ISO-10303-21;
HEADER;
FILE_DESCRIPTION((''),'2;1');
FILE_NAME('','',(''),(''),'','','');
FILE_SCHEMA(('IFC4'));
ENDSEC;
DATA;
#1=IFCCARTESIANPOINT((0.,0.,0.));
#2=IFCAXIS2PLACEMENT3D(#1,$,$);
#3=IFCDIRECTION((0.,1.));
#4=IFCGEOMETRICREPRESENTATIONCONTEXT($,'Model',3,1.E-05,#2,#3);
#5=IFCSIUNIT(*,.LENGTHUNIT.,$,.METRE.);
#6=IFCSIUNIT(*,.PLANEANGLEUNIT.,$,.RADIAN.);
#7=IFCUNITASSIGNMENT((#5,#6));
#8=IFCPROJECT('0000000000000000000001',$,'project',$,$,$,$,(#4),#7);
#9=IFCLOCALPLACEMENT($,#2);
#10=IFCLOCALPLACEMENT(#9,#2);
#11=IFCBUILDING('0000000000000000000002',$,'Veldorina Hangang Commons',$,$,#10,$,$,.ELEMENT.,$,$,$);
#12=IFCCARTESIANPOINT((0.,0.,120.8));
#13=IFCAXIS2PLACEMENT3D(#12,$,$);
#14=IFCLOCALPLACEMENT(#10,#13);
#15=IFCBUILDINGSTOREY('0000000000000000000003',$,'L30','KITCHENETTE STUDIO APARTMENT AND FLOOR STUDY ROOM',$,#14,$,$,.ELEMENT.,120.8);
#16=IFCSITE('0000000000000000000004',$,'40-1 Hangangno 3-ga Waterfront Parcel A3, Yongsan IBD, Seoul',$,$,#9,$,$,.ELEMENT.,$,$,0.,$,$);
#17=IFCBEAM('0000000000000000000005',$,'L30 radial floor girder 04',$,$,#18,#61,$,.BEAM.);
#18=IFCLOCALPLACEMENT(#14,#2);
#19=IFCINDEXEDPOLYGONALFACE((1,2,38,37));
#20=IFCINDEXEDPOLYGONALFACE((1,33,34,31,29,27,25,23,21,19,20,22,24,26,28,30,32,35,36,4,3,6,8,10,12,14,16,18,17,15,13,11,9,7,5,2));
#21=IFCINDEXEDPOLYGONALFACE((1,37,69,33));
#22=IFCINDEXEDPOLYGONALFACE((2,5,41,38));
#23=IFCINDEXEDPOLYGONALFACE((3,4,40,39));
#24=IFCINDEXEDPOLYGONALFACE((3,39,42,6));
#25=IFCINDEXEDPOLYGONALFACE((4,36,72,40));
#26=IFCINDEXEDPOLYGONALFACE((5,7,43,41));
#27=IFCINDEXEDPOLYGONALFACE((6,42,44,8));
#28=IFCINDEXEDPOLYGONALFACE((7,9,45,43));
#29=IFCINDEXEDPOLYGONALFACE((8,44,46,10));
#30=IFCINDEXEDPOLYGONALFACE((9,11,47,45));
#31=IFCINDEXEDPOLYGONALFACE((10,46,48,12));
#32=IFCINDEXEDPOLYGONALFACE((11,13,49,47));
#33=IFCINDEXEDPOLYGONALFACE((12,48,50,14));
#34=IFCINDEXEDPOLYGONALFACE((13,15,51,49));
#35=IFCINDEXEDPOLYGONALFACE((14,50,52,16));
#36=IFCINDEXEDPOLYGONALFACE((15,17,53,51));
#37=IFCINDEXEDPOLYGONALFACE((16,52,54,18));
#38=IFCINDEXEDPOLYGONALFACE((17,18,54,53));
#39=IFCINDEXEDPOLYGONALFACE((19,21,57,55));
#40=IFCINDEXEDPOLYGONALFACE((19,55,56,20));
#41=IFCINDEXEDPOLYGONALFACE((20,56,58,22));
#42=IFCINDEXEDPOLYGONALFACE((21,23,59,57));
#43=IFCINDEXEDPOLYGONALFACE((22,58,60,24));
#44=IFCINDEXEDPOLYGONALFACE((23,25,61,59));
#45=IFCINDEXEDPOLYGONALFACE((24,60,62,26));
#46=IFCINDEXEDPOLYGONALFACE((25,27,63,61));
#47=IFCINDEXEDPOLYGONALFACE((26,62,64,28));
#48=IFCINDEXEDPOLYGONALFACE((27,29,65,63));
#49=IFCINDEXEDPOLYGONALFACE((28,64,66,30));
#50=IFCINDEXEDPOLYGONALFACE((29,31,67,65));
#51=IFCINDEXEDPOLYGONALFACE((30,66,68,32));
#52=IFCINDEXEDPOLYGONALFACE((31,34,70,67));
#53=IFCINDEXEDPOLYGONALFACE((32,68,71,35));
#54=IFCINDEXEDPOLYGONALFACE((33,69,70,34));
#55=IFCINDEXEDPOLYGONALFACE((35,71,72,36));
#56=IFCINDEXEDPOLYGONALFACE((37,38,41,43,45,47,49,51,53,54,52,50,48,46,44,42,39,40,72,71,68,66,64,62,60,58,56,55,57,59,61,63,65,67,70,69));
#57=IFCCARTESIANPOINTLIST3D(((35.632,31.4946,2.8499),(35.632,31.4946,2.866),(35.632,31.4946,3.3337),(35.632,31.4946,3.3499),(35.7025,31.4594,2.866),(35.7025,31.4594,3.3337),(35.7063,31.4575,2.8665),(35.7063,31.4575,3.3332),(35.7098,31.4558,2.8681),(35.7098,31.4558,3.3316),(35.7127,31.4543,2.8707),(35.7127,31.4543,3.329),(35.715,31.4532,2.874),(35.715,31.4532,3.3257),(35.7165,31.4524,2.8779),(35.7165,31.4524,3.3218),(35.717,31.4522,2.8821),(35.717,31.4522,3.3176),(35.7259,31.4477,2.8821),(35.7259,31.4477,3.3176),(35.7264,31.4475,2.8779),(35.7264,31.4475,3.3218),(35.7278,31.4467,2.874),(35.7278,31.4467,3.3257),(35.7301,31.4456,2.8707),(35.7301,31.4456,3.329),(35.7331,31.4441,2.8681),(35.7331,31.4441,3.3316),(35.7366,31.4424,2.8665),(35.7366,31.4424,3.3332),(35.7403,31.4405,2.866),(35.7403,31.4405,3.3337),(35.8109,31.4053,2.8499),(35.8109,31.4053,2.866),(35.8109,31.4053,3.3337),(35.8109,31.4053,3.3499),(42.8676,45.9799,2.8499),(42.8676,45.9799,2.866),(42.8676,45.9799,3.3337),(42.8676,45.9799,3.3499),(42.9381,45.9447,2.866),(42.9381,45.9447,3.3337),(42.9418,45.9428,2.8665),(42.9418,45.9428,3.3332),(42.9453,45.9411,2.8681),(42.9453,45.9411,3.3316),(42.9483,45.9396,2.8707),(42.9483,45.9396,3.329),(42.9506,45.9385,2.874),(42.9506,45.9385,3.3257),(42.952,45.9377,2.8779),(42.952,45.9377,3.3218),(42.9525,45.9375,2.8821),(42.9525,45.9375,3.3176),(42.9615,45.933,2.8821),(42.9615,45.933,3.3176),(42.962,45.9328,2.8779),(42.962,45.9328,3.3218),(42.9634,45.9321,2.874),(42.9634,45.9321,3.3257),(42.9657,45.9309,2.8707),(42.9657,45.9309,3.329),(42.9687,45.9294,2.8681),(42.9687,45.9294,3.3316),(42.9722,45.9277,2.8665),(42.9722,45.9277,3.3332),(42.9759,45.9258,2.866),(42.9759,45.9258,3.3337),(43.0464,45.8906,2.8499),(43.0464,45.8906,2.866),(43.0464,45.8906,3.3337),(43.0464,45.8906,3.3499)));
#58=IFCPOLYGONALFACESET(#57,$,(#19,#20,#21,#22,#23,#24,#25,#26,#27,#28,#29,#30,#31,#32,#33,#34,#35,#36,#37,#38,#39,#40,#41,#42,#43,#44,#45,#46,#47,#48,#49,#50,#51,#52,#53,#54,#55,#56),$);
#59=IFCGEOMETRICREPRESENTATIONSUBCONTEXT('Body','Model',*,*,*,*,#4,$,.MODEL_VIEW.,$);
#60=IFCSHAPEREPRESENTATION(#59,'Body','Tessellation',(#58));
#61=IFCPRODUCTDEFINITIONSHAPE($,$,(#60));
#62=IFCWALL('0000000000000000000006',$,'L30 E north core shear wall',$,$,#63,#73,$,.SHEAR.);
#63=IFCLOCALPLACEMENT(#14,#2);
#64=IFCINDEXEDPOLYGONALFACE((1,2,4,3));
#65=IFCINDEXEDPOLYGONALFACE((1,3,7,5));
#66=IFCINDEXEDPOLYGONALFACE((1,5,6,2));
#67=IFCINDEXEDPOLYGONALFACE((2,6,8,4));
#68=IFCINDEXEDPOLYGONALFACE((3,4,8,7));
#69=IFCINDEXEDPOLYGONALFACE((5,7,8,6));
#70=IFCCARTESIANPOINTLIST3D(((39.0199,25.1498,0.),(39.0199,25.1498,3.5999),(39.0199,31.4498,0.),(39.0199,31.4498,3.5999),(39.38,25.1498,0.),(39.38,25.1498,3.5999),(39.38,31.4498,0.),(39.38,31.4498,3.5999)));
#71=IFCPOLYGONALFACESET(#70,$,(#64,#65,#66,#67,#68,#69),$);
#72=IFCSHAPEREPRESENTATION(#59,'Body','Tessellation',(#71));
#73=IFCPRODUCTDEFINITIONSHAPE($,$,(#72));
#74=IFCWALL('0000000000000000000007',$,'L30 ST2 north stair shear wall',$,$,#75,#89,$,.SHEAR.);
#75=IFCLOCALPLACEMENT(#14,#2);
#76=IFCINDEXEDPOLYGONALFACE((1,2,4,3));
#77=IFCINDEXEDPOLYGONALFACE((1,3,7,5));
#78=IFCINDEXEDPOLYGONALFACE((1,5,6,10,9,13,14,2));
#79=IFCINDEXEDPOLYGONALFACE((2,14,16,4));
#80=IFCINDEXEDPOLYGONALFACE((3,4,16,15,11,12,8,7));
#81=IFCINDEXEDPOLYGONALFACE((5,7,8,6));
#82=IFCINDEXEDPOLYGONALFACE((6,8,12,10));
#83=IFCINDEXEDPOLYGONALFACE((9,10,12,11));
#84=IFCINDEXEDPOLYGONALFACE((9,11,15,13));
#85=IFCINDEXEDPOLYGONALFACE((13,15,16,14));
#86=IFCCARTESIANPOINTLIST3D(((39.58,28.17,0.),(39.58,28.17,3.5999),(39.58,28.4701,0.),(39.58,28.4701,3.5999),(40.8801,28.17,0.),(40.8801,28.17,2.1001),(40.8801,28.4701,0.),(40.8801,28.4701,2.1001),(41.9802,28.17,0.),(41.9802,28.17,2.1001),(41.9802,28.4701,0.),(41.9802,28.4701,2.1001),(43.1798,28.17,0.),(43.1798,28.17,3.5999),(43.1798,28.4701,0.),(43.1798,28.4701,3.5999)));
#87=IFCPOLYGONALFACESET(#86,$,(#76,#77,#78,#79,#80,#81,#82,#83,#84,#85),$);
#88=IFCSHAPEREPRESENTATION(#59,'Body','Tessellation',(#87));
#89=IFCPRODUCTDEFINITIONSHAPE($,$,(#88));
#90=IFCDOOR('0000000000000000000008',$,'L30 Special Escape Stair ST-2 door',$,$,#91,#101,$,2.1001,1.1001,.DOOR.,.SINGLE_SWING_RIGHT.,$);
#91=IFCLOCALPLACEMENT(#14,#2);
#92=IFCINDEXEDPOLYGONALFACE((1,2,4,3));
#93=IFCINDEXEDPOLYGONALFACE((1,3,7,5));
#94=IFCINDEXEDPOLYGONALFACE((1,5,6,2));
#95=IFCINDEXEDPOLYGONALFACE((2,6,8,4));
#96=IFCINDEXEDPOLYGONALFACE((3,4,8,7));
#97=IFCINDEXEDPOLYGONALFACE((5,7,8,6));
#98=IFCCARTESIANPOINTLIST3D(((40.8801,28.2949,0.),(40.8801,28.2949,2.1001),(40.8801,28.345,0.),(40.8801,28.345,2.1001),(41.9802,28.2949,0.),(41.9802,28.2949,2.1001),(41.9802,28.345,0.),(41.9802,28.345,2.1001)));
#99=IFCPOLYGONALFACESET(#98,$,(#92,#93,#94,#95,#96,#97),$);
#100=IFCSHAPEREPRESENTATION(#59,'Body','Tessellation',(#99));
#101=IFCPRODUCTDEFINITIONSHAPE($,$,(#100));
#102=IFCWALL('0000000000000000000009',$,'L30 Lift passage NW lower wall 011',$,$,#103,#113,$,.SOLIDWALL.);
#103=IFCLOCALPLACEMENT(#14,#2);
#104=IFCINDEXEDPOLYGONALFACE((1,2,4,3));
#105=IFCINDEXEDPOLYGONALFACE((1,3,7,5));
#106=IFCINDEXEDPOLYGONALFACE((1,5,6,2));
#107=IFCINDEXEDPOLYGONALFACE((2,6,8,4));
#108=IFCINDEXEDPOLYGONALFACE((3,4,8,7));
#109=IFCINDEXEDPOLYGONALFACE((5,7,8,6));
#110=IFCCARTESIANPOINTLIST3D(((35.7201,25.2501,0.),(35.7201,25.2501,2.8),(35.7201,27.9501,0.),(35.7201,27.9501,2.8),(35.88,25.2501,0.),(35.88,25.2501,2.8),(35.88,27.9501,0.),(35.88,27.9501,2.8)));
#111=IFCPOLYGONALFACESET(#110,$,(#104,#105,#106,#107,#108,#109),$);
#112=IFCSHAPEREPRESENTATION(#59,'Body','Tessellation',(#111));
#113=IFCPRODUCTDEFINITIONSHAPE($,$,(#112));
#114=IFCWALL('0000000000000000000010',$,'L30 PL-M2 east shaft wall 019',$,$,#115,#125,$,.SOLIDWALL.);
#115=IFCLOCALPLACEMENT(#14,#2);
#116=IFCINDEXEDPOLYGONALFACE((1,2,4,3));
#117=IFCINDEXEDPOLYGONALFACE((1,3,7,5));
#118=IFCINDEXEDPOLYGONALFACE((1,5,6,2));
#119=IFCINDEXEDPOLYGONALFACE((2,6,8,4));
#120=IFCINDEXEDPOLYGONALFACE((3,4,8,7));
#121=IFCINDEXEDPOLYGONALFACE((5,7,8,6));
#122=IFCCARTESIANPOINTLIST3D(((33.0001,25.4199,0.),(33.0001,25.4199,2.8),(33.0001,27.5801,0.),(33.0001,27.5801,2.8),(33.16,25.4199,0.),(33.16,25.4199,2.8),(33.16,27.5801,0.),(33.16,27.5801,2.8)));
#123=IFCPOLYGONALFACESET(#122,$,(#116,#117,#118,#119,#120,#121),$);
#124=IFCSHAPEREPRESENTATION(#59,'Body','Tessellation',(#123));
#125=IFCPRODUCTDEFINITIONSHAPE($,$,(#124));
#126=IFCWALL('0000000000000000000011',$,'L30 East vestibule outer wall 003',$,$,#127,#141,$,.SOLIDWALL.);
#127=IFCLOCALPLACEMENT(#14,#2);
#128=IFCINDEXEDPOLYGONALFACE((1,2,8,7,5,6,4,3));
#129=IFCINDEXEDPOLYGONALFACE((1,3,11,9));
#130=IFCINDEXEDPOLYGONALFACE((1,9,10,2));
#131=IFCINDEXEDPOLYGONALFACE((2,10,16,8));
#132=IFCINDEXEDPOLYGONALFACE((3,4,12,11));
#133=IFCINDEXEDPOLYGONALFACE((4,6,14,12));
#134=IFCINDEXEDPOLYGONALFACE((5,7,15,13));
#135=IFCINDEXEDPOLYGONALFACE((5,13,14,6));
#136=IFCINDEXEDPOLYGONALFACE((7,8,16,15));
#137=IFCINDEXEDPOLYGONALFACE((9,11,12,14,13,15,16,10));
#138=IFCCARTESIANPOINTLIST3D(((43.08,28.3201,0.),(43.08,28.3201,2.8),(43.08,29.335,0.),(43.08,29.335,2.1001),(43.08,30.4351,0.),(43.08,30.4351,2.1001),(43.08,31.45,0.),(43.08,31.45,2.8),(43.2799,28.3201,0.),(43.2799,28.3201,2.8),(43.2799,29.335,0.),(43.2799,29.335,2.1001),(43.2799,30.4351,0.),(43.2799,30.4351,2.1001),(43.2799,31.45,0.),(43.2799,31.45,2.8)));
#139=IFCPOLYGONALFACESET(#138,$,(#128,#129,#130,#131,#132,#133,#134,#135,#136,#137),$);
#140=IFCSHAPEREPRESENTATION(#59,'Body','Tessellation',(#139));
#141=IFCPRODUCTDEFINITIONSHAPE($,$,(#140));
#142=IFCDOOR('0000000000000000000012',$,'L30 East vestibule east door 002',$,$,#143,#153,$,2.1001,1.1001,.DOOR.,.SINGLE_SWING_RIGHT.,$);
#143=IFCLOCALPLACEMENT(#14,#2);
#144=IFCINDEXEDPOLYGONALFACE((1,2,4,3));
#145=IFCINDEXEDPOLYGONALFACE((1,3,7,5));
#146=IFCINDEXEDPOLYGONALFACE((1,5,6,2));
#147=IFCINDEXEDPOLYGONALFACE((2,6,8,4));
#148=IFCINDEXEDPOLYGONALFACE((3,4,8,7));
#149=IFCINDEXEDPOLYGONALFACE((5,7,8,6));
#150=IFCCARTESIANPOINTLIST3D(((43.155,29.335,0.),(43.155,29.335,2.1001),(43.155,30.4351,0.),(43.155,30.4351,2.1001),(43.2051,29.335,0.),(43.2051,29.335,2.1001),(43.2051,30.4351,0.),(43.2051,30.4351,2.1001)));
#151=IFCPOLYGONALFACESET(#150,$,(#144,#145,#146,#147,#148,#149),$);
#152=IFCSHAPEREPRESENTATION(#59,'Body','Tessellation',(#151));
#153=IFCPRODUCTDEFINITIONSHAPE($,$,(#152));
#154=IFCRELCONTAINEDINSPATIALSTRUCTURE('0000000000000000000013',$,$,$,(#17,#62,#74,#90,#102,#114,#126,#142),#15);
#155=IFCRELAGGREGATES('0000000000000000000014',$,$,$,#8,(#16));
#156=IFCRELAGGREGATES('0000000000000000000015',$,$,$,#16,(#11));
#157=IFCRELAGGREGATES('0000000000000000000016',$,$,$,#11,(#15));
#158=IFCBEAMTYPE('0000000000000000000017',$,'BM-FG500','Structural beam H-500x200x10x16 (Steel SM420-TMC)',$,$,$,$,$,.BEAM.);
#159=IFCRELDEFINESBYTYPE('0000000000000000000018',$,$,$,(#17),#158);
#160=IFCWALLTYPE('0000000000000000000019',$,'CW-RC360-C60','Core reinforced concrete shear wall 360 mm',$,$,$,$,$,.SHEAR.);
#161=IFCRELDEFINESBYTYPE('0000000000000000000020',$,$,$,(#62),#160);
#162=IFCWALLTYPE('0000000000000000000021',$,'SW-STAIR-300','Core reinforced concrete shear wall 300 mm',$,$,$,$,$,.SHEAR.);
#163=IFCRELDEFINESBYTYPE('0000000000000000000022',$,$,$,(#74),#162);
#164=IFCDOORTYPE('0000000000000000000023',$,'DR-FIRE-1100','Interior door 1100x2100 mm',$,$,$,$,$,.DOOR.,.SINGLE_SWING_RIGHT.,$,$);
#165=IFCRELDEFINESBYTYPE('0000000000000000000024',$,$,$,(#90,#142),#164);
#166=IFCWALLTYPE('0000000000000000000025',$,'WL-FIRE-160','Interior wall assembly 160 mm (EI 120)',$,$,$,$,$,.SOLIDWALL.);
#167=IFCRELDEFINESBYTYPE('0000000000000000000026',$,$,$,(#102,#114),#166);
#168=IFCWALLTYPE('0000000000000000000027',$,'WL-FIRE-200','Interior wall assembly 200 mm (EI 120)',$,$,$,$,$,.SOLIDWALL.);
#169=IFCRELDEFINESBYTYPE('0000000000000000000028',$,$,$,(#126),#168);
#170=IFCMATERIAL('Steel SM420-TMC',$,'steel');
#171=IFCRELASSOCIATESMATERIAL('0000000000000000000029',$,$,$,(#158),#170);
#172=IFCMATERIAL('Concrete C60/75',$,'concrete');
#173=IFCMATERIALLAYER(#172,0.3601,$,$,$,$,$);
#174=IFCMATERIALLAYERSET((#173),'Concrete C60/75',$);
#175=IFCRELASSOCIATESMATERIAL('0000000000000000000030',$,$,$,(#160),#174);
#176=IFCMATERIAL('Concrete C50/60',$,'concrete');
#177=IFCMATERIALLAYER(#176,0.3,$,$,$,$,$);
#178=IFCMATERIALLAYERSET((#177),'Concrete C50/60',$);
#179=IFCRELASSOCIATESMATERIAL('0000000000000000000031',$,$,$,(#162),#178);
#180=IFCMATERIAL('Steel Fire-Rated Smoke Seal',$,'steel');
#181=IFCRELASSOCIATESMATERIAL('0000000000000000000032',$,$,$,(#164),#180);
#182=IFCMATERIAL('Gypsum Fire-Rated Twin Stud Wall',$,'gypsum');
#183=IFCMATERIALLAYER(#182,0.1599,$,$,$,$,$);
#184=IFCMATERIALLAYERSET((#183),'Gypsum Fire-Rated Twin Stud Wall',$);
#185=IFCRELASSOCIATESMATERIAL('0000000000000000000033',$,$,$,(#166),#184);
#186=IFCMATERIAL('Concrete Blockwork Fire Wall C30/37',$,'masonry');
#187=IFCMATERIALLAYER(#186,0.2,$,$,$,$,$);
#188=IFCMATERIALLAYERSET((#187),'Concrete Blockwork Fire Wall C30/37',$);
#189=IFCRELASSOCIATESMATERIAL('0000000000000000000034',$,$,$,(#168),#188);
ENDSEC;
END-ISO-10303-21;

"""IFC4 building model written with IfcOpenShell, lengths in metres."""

from ifc_helpers import new_model, si_unit, direction, frame, frame_2d, origin, origin_2d, place, context, subcontext, project, spatial, rectangle, i_section, extrude, material, layer, layer_set, material_profile, profile_set, type_object, element, fill, save


model = new_model("IFC4")

# Units and contexts
model_context = context("Model", 3, precision=1e-05, world=origin(), true_north=direction((0.0, 1.0)))
body_context = subcontext(model_context, "Body", "Model", "MODEL_VIEW")
ifc_project = project(units=[si_unit("LENGTHUNIT", "METRE"), si_unit("PLANEANGLEUNIT", "RADIAN")], contexts=[model_context])

# Site, building, storey
site_placement = place(None, origin())
site = spatial("IfcSite", under=ifc_project, at=site_placement, Name="40-1 Hangangno 3-ga Waterfront Parcel A3, Yongsan IBD, Seoul", CompositionType="ELEMENT", RefElevation=0.0)
building_placement = place(site_placement, origin())
building = spatial("IfcBuilding", under=site, at=building_placement, Name="Veldorina Hangang Commons", CompositionType="ELEMENT")
storey_placement = place(building_placement, frame((0.0, 0.0, 120.8)))
storey = spatial("IfcBuildingStorey", under=building, at=storey_placement, Name="L30", Description="KITCHENETTE STUDIO APARTMENT AND FLOOR STUDY ROOM", CompositionType="ELEMENT", Elevation=120.8)

# Beam
ifc_material_1 = material(Name="Concrete C60/75", Category="concrete")
ifc_material_2 = material(Name="Steel SM420-TMC", Category="steel")
ifc_material_profile_1 = material_profile(ifc_material_2, i_section(OverallWidth=0.2, OverallDepth=0.5, WebThickness=0.01, FlangeThickness=0.0161, FilletRadius=0.0161, at=origin_2d()), Name="H-500x200x10x16")
ifc_profile_set_1 = profile_set([ifc_material_profile_1], Name="Steel SM420-TMC")
beam_type_1 = type_object("IfcBeamType", Name="BM-FG500", Description="Structural beam H-500x200x10x16 (Steel SM420-TMC)", PredefinedType="BEAM", material=ifc_profile_set_1)
beam_1_placement = place(storey_placement, frame((35.7214, 31.45, 3.0999), z_axis=(0.446864, 0.894602, 0.0), x_axis=(-0.894602, 0.446864, 0.0)))
element("IfcBeam", 1, at=beam_1_placement, inside=storey, type_object=beam_type_1, Name="L30 radial floor girder 04", PredefinedType="BEAM", context=body_context, shape_type="SweptSolid", body=[
    extrude(i_section(OverallWidth=0.2, OverallDepth=0.5, WebThickness=0.01, FlangeThickness=0.0161, FilletRadius=0.0161, at=origin_2d()), origin(), (0.0, 0.0, 1.0), 16.1919),
])

# Wall
ifc_layer_1 = layer(ifc_material_1, 0.3601)
ifc_layer_set_1 = layer_set([ifc_layer_1], Name="Concrete C60/75")
wall_type_1 = type_object("IfcWallType", Name="CW-RC360-C60", Description="Core reinforced concrete shear wall 360 mm", PredefinedType="SHEAR", material=ifc_layer_set_1)
wall_1_placement = place(storey_placement, frame((39.2, 25.1499, 0.0), z_axis=(0.0, 0.0, 1.0), x_axis=(0.0, 1.0, 0.0)))
element("IfcWall", 2, at=wall_1_placement, inside=storey, type_object=wall_type_1, Name="L30 E north core shear wall", PredefinedType="SHEAR", context=body_context, shape_type="SweptSolid", body=[
    extrude(rectangle(XDim=6.3, YDim=0.3601, at=frame_2d((3.1499, 0.0))), origin(), (0.0, 0.0, 1.0), 3.5999),
])

# Wall, opening, door
ifc_material_3 = material(Name="Concrete C50/60", Category="concrete")
ifc_layer_2 = layer(ifc_material_3, 0.3)
ifc_layer_set_2 = layer_set([ifc_layer_2], Name="Concrete C50/60")
wall_type_2 = type_object("IfcWallType", Name="SW-STAIR-300", Description="Core reinforced concrete shear wall 300 mm", PredefinedType="SHEAR", material=ifc_layer_set_2)
wall_2_placement = place(storey_placement, frame((39.5801, 28.3201, 0.0), z_axis=(0.0, 0.0, 1.0), x_axis=(1.0, 0.0, 0.0)))
wall_2 = element("IfcWall", 3, at=wall_2_placement, inside=storey, type_object=wall_type_2, Name="L30 ST2 north stair shear wall", PredefinedType="SHEAR", context=body_context, shape_type="SweptSolid", body=[
    extrude(rectangle(XDim=3.5999, YDim=0.3, at=frame_2d((1.7998, 0.0))), origin(), (0.0, 0.0, 1.0), 3.5999),
])
opening_1_placement = place(wall_2_placement, frame((1.3, 0.0, 0.0)))
opening_1 = element("IfcOpeningElement", 4, at=opening_1_placement, cuts=wall_2, PredefinedType="OPENING", context=body_context, shape_type="SweptSolid", body=[
    extrude(rectangle(XDim=1.1001, YDim=2.1001, at=frame_2d((0.55, 1.05))), frame((0.0, 0.1602, 0.0), z_axis=(0.0, -1.0, 0.0), x_axis=(1.0, 0.0, 0.0)), (0.0, 0.0, 1.0), 0.3201),
])
ifc_material_4 = material(Name="Steel Fire-Rated Smoke Seal", Category="steel")
door_type_1 = type_object("IfcDoorType", Name="DR-FIRE-1100", Description="Interior door 1100x2100 mm", OperationType="SINGLE_SWING_RIGHT", PredefinedType="DOOR", material=ifc_material_4)
door_1_placement = place(opening_1_placement, origin())
door_1 = element("IfcDoor", 5, at=door_1_placement, inside=storey, type_object=door_type_1, Name="L30 Special Escape Stair ST-2 door", OperationType="SINGLE_SWING_RIGHT", OverallHeight=2.1001, OverallWidth=1.1001, PredefinedType="DOOR", context=body_context, shape_type="SweptSolid", body=[
    extrude(rectangle(XDim=1.1001, YDim=2.1001, at=frame_2d((0.55, 1.05))), frame((0.0, 0.0249, 0.0), z_axis=(0.0, -1.0, 0.0), x_axis=(1.0, 0.0, 0.0)), (0.0, 0.0, 1.0), 0.05),
])
fill(opening_1, door_1)

# Walls
ifc_material_5 = material(Name="Gypsum Fire-Rated Twin Stud Wall", Category="gypsum")
ifc_layer_3 = layer(ifc_material_5, 0.1599)
ifc_layer_set_3 = layer_set([ifc_layer_3], Name="Gypsum Fire-Rated Twin Stud Wall")
wall_type_3 = type_object("IfcWallType", Name="WL-FIRE-160", Description="Interior wall assembly 160 mm (EI 120)", PredefinedType="SOLIDWALL", material=ifc_layer_set_3)
wall_3_placement = place(storey_placement, frame((35.8, 25.25, 0.0), z_axis=(0.0, 0.0, 1.0), x_axis=(0.0, 1.0, 0.0)))
element("IfcWall", 6, at=wall_3_placement, inside=storey, type_object=wall_type_3, Name="L30 Lift passage NW lower wall 011", PredefinedType="SOLIDWALL", context=body_context, shape_type="SweptSolid", body=[
    extrude(rectangle(XDim=2.7, YDim=0.1599, at=frame_2d((1.3501, 0.0))), origin(), (0.0, 0.0, 1.0), 2.8),
])
wall_4_placement = place(storey_placement, frame((33.0801, 25.4199, 0.0), z_axis=(0.0, 0.0, 1.0), x_axis=(0.0, 1.0, 0.0)))
element("IfcWall", 7, at=wall_4_placement, inside=storey, type_object=wall_type_3, Name="L30 PL-M2 east shaft wall 019", PredefinedType="SOLIDWALL", context=body_context, shape_type="SweptSolid", body=[
    extrude(rectangle(XDim=2.1602, YDim=0.1599, at=frame_2d((1.0801, 0.0))), origin(), (0.0, 0.0, 1.0), 2.8),
])

# Wall, opening, door
ifc_material_6 = material(Name="Concrete Blockwork Fire Wall C30/37", Category="masonry")
ifc_layer_4 = layer(ifc_material_6, 0.2)
ifc_layer_set_4 = layer_set([ifc_layer_4], Name="Concrete Blockwork Fire Wall C30/37")
wall_type_4 = type_object("IfcWallType", Name="WL-FIRE-200", Description="Interior wall assembly 200 mm (EI 120)", PredefinedType="SOLIDWALL", material=ifc_layer_set_4)
wall_5_placement = place(storey_placement, frame((43.1799, 28.3201, 0.0), z_axis=(0.0, 0.0, 1.0), x_axis=(0.0, 1.0, 0.0)))
wall_5 = element("IfcWall", 8, at=wall_5_placement, inside=storey, type_object=wall_type_4, Name="L30 East vestibule outer wall 003", PredefinedType="SOLIDWALL", context=body_context, shape_type="SweptSolid", body=[
    extrude(rectangle(XDim=3.1299, YDim=0.2, at=frame_2d((1.5649, 0.0))), origin(), (0.0, 0.0, 1.0), 2.8),
])
opening_2_placement = place(wall_5_placement, frame((1.0149, 0.0, 0.0)))
opening_2 = element("IfcOpeningElement", 9, at=opening_2_placement, cuts=wall_5, PredefinedType="OPENING", context=body_context, shape_type="SweptSolid", body=[
    extrude(rectangle(XDim=1.1001, YDim=2.1001, at=frame_2d((0.55, 1.05))), frame((0.0, 0.1099, 0.0), z_axis=(0.0, -1.0, 0.0), x_axis=(1.0, 0.0, 0.0)), (0.0, 0.0, 1.0), 0.22),
])
door_2_placement = place(opening_2_placement, origin())
door_2 = element("IfcDoor", 10, at=door_2_placement, inside=storey, type_object=door_type_1, Name="L30 East vestibule east door 002", OperationType="SINGLE_SWING_RIGHT", OverallHeight=2.1001, OverallWidth=1.1001, PredefinedType="DOOR", context=body_context, shape_type="SweptSolid", body=[
    extrude(rectangle(XDim=1.1001, YDim=2.1001, at=frame_2d((0.55, 1.05))), frame((0.0, 0.0249, 0.0), z_axis=(0.0, -1.0, 0.0), x_axis=(1.0, 0.0, 0.0)), (0.0, 0.0, 1.0), 0.05),
])
fill(opening_2, door_2)

save(model, "model.ifc")
